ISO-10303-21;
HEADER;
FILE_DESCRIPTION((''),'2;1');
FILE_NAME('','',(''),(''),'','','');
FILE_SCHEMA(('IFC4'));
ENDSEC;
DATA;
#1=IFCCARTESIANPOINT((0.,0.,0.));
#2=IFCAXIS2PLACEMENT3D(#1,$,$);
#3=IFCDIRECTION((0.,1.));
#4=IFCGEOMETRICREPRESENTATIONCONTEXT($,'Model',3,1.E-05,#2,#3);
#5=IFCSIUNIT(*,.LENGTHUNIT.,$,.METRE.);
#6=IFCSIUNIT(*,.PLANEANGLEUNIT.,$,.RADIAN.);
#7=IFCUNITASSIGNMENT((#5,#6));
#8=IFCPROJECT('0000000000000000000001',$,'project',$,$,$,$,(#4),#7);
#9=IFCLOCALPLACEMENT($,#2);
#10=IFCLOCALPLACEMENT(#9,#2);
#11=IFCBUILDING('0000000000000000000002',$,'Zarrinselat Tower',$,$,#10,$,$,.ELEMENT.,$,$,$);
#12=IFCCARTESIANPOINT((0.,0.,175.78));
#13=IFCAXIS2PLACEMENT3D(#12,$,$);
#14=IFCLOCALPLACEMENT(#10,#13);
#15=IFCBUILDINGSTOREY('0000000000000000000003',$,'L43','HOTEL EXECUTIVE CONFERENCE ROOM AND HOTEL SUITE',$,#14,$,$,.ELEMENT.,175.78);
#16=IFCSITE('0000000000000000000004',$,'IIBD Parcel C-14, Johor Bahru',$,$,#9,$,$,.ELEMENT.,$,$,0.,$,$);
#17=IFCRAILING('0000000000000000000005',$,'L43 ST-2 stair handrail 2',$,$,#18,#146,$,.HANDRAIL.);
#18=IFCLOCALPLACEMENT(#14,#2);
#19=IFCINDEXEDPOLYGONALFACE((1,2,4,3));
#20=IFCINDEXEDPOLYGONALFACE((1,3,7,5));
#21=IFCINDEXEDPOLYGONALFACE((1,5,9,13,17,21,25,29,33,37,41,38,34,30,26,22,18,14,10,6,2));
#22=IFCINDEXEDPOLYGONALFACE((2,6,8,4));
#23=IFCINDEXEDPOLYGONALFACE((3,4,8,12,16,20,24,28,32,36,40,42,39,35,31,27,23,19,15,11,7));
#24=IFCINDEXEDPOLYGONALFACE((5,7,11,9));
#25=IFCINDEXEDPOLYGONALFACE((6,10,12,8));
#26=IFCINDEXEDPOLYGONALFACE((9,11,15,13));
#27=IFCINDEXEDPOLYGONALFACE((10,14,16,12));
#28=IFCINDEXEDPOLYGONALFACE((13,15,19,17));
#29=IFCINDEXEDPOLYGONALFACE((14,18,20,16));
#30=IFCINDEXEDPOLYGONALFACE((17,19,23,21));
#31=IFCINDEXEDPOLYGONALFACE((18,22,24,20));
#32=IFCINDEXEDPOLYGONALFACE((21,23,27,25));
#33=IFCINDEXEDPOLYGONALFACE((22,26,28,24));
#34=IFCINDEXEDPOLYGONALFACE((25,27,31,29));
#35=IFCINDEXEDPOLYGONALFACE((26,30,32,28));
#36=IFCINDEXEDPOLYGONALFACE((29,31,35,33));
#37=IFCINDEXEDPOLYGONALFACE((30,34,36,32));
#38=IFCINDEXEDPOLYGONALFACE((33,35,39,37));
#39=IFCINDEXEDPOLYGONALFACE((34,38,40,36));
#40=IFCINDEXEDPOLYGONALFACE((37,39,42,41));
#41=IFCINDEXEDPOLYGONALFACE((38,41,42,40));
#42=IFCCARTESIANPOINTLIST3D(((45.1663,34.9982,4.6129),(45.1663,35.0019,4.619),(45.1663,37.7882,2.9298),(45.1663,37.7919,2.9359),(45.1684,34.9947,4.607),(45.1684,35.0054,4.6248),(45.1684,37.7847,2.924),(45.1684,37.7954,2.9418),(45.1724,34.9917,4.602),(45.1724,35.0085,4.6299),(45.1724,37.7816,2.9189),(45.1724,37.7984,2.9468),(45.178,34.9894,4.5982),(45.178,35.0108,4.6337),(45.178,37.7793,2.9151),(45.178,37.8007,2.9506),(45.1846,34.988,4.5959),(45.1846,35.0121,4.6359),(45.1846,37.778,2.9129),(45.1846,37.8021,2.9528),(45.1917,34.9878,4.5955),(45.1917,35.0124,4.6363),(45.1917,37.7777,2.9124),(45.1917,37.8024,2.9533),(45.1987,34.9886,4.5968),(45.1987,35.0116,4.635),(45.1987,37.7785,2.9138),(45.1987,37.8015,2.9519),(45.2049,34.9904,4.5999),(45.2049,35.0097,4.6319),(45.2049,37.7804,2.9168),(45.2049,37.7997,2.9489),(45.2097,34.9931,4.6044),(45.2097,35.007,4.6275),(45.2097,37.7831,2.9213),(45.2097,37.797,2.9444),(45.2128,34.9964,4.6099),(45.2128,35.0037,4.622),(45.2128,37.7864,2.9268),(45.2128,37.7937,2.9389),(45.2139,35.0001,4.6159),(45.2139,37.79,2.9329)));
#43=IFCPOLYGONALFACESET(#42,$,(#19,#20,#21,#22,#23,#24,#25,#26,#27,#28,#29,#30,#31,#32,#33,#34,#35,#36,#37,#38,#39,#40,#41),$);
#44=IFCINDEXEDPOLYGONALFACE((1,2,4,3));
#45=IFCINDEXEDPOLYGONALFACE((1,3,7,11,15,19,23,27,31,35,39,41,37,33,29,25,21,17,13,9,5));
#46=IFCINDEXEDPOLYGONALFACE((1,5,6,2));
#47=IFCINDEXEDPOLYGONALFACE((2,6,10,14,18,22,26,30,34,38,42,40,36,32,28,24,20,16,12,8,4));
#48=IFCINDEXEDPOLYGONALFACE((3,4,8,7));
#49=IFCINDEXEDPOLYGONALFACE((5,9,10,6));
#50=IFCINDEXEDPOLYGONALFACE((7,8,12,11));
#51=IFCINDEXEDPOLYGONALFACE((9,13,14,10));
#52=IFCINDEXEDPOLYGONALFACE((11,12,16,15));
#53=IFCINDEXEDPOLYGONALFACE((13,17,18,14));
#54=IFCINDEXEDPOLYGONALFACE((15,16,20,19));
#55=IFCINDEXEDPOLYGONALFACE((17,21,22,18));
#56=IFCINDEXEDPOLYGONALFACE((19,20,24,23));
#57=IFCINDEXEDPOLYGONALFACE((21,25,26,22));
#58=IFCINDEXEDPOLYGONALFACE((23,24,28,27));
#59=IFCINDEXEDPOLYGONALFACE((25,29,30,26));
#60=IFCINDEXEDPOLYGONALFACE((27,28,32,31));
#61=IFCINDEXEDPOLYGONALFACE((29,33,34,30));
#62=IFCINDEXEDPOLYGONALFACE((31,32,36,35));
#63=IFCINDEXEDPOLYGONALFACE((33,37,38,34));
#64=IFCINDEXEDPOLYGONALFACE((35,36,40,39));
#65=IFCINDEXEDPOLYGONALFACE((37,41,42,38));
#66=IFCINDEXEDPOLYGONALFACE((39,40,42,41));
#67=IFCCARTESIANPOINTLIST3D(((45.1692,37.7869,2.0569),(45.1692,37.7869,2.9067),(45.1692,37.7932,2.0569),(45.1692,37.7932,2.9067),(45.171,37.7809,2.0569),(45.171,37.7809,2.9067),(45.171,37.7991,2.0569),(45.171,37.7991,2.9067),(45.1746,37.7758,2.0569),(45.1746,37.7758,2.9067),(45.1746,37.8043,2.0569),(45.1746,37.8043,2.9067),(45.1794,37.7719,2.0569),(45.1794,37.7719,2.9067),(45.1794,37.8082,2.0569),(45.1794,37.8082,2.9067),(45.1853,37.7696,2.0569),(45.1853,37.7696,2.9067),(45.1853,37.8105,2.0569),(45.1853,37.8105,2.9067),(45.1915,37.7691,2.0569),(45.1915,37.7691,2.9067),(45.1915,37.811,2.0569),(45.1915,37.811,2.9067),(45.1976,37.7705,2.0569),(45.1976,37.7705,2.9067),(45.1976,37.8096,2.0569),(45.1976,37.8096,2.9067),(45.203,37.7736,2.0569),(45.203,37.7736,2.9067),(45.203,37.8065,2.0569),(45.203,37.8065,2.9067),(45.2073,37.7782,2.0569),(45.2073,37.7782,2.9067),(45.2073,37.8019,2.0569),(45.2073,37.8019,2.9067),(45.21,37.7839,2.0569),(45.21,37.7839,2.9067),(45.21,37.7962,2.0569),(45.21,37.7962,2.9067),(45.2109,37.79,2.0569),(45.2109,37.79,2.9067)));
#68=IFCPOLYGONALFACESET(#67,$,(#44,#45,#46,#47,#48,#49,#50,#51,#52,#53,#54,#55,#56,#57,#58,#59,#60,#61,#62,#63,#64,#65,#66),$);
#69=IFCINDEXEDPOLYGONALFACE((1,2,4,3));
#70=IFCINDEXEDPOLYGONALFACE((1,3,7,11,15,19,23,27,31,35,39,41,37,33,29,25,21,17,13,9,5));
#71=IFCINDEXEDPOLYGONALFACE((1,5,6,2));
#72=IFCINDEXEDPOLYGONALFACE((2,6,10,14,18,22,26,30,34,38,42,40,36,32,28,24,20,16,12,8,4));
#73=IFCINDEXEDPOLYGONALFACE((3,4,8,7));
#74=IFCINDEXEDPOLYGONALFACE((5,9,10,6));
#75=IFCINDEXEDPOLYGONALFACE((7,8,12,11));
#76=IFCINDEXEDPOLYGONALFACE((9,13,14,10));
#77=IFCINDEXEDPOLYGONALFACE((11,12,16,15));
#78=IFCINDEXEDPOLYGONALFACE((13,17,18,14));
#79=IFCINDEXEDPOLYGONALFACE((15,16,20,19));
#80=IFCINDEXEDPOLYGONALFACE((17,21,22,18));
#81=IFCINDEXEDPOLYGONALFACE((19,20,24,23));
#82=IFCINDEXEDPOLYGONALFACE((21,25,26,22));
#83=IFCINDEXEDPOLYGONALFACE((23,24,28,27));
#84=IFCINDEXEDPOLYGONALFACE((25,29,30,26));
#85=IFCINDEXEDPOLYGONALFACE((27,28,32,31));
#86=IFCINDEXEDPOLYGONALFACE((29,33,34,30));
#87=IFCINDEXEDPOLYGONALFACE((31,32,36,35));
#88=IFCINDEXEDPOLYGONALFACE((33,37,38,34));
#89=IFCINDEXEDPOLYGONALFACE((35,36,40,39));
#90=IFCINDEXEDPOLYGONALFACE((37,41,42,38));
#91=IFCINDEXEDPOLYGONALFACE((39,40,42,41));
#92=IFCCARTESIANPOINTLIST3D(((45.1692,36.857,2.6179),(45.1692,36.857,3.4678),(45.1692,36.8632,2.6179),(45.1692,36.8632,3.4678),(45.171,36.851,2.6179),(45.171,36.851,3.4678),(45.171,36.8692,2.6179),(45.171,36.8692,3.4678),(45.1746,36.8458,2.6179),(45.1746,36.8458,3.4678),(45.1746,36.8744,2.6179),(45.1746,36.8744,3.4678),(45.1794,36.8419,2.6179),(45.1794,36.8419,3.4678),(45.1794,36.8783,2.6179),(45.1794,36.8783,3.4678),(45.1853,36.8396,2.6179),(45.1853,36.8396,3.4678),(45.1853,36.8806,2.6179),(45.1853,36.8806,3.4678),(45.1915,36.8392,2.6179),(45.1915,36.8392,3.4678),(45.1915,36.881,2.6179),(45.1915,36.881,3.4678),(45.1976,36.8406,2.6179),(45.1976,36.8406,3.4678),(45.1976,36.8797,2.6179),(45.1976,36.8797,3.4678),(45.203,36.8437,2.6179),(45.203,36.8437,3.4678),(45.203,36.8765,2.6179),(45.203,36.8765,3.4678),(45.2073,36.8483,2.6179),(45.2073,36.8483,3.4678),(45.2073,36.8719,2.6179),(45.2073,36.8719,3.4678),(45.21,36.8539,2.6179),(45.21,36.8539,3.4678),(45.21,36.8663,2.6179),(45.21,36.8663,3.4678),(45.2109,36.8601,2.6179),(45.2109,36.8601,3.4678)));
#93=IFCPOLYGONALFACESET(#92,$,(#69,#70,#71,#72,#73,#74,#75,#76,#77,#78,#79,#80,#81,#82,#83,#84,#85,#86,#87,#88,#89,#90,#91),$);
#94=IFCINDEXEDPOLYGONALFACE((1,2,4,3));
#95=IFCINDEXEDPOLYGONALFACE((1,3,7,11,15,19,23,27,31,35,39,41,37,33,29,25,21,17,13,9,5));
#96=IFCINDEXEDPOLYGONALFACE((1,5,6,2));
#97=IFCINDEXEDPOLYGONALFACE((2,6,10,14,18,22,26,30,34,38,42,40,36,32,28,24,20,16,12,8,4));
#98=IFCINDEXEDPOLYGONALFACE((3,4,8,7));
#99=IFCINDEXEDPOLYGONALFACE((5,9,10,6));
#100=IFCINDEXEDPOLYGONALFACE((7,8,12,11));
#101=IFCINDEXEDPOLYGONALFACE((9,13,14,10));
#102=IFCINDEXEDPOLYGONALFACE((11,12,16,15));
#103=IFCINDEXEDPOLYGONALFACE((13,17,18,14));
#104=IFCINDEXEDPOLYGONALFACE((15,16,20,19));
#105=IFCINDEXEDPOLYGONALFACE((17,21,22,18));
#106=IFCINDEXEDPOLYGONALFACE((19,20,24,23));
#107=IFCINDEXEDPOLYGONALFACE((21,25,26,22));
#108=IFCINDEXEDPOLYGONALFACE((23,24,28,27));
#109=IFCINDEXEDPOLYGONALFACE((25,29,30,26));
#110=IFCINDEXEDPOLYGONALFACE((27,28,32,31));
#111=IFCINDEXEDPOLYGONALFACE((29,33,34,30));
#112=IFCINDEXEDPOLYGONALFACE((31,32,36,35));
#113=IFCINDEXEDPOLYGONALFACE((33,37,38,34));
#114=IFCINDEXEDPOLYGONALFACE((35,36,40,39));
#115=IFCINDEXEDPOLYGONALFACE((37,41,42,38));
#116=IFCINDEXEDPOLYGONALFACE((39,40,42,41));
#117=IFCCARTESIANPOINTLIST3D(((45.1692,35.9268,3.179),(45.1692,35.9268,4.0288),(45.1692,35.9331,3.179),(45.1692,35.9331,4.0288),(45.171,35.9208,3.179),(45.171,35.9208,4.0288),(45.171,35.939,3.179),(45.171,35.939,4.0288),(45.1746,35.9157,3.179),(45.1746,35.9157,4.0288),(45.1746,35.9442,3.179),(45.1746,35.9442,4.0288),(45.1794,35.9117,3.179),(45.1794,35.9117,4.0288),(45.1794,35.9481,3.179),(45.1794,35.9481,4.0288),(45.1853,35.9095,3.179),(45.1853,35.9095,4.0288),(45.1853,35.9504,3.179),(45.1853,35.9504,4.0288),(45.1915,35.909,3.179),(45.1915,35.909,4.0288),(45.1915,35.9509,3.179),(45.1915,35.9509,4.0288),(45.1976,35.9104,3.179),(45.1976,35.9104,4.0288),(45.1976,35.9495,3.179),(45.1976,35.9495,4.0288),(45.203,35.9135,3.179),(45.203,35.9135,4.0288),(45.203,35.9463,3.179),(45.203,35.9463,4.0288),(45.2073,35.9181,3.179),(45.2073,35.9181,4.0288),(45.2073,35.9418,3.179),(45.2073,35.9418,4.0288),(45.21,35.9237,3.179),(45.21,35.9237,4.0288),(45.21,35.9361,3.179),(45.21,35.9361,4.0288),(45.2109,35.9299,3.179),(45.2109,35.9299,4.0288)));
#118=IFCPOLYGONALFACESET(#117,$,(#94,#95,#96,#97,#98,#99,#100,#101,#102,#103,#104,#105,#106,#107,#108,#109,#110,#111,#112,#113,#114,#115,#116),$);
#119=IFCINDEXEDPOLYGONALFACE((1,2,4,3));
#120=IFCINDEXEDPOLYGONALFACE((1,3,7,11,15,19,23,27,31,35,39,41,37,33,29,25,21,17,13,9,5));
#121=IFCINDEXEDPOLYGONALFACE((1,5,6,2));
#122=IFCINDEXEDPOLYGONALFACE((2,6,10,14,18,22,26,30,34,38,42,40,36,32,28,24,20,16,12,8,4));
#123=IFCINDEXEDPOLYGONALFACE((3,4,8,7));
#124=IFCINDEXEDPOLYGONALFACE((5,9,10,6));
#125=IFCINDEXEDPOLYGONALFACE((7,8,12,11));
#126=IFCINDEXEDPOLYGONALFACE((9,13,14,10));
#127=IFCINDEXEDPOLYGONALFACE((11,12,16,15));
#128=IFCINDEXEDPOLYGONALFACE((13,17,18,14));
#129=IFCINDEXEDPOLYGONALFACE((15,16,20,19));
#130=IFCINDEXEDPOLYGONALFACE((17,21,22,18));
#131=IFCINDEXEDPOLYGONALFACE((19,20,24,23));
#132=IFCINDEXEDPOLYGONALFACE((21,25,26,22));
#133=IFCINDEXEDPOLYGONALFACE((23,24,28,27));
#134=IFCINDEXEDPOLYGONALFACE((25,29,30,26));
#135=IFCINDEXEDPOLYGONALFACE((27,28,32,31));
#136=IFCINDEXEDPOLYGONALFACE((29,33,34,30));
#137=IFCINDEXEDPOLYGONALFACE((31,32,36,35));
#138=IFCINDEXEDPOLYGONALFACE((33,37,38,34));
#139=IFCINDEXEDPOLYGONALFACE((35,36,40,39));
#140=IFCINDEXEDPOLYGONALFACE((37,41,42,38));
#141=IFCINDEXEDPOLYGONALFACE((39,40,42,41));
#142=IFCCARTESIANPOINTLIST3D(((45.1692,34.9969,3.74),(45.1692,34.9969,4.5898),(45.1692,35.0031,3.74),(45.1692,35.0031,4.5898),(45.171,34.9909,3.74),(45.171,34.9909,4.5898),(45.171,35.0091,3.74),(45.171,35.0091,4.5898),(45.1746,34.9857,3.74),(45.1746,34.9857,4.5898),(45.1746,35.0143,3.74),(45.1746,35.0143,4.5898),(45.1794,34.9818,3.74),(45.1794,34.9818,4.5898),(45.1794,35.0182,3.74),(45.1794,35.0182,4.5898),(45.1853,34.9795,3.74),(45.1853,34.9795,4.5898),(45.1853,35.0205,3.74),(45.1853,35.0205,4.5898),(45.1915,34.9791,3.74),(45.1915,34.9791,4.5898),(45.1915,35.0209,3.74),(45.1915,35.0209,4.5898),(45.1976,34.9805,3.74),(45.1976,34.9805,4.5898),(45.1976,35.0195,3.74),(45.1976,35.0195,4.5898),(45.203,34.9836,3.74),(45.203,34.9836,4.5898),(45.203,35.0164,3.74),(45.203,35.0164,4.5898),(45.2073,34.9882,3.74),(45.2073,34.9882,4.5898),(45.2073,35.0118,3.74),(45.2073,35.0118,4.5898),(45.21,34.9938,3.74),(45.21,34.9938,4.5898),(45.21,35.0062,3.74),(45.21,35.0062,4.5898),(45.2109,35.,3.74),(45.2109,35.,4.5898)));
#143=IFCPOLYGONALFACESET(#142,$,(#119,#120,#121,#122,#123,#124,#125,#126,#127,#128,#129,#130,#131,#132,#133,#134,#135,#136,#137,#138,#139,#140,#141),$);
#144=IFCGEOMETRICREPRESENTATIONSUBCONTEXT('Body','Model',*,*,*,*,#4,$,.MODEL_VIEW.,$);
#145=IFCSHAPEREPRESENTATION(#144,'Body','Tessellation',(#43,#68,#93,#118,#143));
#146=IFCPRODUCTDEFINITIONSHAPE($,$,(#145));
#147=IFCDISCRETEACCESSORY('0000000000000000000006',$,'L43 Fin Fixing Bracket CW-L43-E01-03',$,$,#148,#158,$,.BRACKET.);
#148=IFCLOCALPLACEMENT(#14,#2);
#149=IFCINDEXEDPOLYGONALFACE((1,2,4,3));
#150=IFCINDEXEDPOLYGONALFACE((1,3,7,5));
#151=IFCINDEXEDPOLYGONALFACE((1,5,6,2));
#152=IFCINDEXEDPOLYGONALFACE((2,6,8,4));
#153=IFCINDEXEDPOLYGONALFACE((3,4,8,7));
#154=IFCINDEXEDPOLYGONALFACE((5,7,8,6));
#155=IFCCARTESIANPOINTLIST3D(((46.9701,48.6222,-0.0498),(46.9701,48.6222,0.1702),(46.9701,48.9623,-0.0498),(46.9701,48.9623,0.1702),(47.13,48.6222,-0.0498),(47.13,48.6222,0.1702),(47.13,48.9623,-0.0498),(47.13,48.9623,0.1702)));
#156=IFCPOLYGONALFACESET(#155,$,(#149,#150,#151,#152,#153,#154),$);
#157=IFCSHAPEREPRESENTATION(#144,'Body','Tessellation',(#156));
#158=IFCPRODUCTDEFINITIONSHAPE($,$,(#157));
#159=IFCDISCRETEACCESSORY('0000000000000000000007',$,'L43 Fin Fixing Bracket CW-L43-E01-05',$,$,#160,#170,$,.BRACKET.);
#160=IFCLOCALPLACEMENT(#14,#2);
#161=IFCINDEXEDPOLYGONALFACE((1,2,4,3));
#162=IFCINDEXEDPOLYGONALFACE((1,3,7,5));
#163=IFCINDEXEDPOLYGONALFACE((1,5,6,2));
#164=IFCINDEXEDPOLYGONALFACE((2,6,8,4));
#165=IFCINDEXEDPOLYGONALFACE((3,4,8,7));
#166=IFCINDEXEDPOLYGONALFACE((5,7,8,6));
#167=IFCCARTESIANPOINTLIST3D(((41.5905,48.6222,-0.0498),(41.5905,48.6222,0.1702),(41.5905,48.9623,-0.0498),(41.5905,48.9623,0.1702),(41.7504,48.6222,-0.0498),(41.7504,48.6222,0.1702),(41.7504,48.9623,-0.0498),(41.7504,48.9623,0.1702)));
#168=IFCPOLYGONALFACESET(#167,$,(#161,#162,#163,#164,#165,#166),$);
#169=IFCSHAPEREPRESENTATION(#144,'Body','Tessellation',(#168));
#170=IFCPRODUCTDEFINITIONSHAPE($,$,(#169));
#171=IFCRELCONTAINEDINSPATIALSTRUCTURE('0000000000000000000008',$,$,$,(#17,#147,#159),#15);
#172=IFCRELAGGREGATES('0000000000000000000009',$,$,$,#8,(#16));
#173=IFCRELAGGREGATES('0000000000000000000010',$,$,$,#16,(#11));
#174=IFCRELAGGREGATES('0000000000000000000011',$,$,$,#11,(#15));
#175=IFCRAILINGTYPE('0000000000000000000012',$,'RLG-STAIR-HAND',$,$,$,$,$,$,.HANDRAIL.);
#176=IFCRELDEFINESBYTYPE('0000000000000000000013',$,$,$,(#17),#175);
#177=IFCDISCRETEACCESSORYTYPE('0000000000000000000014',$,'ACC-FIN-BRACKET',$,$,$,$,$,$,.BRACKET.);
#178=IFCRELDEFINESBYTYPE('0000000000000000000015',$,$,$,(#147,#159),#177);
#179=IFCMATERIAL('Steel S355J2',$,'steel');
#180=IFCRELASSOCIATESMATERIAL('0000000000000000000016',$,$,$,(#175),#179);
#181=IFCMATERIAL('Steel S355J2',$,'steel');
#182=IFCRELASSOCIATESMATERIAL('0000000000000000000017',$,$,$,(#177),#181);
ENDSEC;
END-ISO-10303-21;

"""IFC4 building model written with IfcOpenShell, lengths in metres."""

from ifc_helpers import new_model, si_unit, direction, frame, origin, origin_2d, place, context, subcontext, project, spatial, rectangle, circle, extrude, material, type_object, element, save


model = new_model("IFC4")

# Units and contexts
model_context = context("Model", 3, precision=1e-05, world=origin(), true_north=direction((0.0, 1.0)))
body_context = subcontext(model_context, "Body", "Model", "MODEL_VIEW")
ifc_project = project(units=[si_unit("LENGTHUNIT", "METRE"), si_unit("PLANEANGLEUNIT", "RADIAN")], contexts=[model_context])

# Site, building, storey
site_placement = place(None, origin())
site = spatial("IfcSite", under=ifc_project, at=site_placement, Name="IIBD Parcel C-14, Johor Bahru", CompositionType="ELEMENT", RefElevation=0.0)
building_placement = place(site_placement, origin())
building = spatial("IfcBuilding", under=site, at=building_placement, Name="Zarrinselat Tower", CompositionType="ELEMENT")
storey_placement = place(building_placement, frame((0.0, 0.0, 175.78)))
storey = spatial("IfcBuildingStorey", under=building, at=storey_placement, Name="L43", Description="HOTEL EXECUTIVE CONFERENCE ROOM AND HOTEL SUITE", CompositionType="ELEMENT", Elevation=175.78)

# Railing
ifc_material_1 = material(Name="Steel S355J2", Category="steel")
railing_type_1 = type_object("IfcRailingType", Name="RLG-STAIR-HAND", PredefinedType="HANDRAIL", material=ifc_material_1)
railing_1_placement = place(storey_placement, frame((45.1899, 37.79, 2.0569)))
element("IfcRailing", 1, at=railing_1_placement, inside=storey, type_object=railing_type_1, Name="L43 ST-2 stair handrail 2", PredefinedType="HANDRAIL", context=body_context, shape_type="SweptSolid", body=[
    extrude(circle(Radius=0.0239, at=origin_2d()), frame((0.0, 0.0, 0.876), z_axis=(0.0, -0.856261, 0.516544), x_axis=(1.0, 0.0, 0.0)), (0.0, 0.0, 1.0), 3.2583),
    extrude(circle(Radius=0.021, at=origin_2d()), origin(), (0.0, 0.0, 1.0), 0.8499),
    extrude(circle(Radius=0.021, at=origin_2d()), frame((0.0, -0.9299, 0.561)), (0.0, 0.0, 1.0), 0.8499),
    extrude(circle(Radius=0.021, at=origin_2d()), frame((0.0, -1.8601, 1.1221)), (0.0, 0.0, 1.0), 0.8499),
    extrude(circle(Radius=0.021, at=origin_2d()), frame((0.0, -2.79, 1.6831)), (0.0, 0.0, 1.0), 0.8499),
])

# Discrete accessories
ifc_material_2 = material(Name="Steel S355J2", Category="steel")
discrete_accessory_type = type_object("IfcDiscreteAccessoryType", Name="ACC-FIN-BRACKET", PredefinedType="BRACKET", material=ifc_material_2)
for number, where, z_axis, x_axis, name in (
    (2, (47.05, 48.7922, -0.0498), (0.0, 0.0, 1.0), (0.0, 1.0, 0.0), "L43 Fin Fixing Bracket CW-L43-E01-03"),
    (3, (41.6704, 48.7922, -0.0498), (0.0, 0.0, 1.0), (0.0, 1.0, 0.0), "L43 Fin Fixing Bracket CW-L43-E01-05"),
):
    element("IfcDiscreteAccessory", number, at=place(storey_placement, frame(where, z_axis=z_axis, x_axis=x_axis)), inside=storey, type_object=discrete_accessory_type, Name=name, PredefinedType="BRACKET", context=body_context, shape_type="SweptSolid", body=[
        extrude(rectangle(XDim=0.3401, YDim=0.1599, at=origin_2d()), origin(), (0.0, 0.0, 1.0), 0.22),
    ])

save(model, "model.ifc")
